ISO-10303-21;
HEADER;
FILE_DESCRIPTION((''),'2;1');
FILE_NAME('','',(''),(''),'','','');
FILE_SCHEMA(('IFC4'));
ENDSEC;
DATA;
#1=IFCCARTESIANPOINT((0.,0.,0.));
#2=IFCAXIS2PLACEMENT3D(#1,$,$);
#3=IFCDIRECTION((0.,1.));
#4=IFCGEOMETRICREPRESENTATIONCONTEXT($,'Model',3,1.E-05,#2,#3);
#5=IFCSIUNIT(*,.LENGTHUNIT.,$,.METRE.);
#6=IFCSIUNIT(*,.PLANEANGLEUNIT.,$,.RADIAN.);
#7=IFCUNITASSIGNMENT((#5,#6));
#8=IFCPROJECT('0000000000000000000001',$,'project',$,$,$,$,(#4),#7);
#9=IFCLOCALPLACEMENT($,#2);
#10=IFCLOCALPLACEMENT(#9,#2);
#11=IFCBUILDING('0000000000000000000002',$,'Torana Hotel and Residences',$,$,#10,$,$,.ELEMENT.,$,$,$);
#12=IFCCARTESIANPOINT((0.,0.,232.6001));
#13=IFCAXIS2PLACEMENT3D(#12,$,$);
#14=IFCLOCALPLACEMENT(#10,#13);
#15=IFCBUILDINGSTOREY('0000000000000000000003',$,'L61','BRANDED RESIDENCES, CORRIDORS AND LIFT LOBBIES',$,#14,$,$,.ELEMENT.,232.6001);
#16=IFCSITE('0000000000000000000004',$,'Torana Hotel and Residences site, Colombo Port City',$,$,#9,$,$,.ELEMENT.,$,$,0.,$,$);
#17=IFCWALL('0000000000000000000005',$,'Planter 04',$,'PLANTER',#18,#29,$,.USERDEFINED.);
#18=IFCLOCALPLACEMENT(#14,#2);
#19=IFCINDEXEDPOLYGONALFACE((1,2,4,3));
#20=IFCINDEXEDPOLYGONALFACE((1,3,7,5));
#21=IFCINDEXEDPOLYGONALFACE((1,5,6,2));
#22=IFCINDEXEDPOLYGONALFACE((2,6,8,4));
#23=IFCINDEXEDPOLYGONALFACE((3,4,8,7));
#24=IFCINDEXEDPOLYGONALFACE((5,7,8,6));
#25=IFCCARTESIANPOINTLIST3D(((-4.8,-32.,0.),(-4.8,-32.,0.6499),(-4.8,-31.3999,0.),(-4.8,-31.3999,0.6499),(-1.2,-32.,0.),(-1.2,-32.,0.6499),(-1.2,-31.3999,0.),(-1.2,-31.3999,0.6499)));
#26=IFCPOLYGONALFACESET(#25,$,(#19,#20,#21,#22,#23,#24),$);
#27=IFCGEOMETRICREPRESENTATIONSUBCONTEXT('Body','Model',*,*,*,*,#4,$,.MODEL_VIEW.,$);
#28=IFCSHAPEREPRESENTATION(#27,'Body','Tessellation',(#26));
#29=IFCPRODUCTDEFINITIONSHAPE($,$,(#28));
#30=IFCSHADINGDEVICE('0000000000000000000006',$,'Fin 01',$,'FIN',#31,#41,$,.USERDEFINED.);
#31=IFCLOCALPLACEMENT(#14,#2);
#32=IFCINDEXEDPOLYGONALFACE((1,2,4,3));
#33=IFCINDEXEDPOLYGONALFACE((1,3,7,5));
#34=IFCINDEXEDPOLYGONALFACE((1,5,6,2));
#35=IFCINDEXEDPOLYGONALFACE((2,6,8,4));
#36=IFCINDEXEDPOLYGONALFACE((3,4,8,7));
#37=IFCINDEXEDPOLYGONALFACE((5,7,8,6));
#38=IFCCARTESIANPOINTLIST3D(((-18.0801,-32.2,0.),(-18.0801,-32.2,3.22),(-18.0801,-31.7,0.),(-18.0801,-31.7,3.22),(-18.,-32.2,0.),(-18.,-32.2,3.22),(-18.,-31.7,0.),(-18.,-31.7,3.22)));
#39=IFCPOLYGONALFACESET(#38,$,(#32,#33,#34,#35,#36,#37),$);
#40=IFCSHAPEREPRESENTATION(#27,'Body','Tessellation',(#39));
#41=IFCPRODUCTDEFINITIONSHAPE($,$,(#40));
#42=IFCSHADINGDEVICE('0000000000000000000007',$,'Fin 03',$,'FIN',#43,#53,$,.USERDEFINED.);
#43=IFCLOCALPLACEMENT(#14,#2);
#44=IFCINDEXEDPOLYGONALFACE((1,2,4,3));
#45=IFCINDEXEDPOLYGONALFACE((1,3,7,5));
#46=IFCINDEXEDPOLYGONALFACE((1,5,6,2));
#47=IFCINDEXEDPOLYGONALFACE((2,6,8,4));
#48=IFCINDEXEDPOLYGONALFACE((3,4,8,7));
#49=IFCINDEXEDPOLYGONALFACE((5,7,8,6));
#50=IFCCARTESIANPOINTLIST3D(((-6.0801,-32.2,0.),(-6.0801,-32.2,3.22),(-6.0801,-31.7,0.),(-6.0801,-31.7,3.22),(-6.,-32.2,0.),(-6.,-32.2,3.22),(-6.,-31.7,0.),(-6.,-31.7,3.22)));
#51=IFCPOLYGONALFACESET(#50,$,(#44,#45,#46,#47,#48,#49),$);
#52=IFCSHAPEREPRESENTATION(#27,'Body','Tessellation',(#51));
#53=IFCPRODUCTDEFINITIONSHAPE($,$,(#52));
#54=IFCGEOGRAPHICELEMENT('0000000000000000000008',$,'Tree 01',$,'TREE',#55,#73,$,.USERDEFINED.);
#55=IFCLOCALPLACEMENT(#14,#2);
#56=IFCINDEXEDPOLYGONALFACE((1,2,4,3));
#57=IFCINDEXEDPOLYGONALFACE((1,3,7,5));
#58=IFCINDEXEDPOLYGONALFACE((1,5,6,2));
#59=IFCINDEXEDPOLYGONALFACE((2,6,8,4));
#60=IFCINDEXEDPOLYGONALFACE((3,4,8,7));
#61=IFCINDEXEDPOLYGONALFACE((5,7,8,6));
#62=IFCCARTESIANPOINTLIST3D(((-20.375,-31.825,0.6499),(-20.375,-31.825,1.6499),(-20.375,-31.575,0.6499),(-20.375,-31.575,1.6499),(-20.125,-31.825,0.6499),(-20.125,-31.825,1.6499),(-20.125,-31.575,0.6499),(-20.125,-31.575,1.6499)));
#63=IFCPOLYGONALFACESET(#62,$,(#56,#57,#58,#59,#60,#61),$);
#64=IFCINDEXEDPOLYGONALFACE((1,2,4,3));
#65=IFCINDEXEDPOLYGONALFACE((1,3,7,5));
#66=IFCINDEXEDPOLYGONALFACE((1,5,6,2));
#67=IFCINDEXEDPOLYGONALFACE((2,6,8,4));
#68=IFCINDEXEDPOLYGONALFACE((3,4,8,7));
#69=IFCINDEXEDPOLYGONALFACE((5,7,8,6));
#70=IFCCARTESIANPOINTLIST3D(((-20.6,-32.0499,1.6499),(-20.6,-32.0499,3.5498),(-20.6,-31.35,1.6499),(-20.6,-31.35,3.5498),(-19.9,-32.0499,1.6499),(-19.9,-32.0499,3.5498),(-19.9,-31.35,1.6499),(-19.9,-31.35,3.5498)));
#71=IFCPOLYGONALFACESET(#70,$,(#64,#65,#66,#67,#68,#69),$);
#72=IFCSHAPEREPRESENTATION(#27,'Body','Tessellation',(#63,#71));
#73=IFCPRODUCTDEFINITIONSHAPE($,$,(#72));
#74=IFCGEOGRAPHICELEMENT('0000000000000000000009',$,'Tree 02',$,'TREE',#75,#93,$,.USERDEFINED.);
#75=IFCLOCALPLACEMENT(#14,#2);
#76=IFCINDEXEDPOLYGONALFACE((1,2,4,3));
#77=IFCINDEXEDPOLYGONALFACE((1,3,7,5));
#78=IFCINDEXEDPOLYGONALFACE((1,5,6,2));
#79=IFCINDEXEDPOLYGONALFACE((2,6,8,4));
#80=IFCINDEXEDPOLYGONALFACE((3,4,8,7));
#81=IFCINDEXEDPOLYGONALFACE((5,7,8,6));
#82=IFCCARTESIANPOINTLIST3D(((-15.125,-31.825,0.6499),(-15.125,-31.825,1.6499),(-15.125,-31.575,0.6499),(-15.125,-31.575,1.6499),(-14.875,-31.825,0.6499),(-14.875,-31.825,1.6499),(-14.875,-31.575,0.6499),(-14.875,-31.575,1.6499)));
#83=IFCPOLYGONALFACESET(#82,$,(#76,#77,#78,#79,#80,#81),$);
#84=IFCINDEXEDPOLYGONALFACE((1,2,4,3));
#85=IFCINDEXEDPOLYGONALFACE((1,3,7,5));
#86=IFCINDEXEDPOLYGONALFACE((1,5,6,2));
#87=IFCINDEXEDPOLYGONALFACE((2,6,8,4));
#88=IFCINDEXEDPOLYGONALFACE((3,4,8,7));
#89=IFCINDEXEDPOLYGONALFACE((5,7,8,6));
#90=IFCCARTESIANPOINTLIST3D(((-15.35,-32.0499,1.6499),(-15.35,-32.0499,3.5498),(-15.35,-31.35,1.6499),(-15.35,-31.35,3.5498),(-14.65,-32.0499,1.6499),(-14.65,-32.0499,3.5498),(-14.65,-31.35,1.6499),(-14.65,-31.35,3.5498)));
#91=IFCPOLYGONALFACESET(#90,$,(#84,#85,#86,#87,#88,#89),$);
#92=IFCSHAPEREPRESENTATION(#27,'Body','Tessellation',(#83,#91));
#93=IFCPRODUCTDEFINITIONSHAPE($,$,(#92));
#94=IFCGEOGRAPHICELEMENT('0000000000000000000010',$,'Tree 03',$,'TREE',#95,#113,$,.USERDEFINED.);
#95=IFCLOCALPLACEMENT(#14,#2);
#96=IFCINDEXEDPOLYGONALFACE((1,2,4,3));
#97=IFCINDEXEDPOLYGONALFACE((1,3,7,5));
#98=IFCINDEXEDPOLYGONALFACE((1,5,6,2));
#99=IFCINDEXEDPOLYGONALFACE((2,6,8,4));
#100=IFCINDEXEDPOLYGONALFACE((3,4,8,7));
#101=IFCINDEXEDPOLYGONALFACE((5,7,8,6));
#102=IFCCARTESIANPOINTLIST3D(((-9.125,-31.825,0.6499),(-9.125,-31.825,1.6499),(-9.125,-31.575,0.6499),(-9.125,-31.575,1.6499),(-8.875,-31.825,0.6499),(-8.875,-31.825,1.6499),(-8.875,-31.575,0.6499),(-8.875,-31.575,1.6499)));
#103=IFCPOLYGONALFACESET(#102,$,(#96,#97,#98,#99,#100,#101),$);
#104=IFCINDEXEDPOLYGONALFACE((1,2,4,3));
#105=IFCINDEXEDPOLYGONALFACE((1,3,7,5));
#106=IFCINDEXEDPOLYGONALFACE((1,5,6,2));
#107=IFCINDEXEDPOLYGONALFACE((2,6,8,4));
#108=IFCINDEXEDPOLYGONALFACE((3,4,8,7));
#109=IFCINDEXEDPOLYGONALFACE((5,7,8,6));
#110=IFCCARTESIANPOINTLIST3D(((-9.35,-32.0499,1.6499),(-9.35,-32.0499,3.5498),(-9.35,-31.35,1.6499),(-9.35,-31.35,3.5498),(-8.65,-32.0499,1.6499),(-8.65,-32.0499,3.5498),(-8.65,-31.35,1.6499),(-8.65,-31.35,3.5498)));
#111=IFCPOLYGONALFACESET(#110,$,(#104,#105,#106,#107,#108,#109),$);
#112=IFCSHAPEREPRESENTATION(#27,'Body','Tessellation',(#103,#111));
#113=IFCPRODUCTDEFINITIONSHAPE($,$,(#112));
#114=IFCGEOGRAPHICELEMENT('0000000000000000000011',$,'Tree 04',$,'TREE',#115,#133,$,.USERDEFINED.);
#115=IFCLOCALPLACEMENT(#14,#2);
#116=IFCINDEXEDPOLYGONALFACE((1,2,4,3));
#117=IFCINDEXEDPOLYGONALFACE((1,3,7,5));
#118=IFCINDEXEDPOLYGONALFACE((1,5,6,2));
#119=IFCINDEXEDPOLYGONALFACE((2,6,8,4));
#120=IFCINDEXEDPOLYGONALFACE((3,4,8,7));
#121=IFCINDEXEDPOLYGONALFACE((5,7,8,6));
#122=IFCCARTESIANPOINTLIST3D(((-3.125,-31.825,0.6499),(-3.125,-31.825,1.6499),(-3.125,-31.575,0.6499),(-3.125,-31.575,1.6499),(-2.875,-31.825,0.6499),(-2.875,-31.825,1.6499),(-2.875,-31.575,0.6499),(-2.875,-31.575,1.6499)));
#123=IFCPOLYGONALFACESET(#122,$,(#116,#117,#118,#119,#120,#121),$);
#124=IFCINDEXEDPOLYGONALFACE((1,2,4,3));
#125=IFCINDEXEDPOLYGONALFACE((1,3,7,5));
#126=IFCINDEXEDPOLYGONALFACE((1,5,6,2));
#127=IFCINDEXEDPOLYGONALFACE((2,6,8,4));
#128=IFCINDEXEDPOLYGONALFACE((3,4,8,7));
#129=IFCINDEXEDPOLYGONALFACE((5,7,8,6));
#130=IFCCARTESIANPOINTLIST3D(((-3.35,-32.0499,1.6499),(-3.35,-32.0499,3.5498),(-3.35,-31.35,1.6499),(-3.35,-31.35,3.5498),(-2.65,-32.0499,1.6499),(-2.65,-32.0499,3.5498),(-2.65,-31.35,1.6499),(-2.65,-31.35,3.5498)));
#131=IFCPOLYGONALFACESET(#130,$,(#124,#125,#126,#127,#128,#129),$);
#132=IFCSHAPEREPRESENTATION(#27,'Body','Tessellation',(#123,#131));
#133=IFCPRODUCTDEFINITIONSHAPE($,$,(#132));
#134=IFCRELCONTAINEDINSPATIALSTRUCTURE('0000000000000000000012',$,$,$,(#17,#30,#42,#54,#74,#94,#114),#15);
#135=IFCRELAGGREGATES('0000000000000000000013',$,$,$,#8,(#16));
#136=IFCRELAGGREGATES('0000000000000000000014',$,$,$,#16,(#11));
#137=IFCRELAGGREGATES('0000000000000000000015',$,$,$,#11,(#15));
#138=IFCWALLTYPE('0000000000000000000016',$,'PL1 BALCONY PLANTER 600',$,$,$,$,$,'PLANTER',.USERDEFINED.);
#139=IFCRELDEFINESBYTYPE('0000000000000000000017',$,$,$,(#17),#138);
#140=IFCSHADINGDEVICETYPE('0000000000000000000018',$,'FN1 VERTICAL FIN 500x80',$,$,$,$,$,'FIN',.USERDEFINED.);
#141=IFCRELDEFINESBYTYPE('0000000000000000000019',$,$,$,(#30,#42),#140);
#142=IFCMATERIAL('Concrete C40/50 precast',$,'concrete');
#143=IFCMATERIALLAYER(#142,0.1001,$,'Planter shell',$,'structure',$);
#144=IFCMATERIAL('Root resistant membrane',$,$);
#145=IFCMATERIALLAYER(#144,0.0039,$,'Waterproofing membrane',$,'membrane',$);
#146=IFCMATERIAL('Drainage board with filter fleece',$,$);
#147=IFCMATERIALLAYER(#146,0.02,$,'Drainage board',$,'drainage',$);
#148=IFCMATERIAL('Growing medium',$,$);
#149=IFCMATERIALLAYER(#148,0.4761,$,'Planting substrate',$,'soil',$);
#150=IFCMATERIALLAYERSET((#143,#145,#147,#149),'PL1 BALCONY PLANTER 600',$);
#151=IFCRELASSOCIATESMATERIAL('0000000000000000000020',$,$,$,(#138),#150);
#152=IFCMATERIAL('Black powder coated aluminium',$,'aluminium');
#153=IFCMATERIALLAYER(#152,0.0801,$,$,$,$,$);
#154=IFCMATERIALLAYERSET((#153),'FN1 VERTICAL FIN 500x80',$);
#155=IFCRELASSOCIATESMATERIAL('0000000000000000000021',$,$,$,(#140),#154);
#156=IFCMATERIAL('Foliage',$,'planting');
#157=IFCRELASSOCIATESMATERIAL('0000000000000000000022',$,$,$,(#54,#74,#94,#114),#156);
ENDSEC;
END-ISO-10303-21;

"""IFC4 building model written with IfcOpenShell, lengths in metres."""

from ifc_helpers import new_model, si_unit, direction, frame, frame_2d, origin, origin_2d, place, context, subcontext, project, spatial, rectangle, extrude, material, layer, layer_set, type_object, element, save


model = new_model("IFC4")

# Units and contexts
model_context = context("Model", 3, precision=1e-05, world=origin(), true_north=direction((0.0, 1.0)))
body_context = subcontext(model_context, "Body", "Model", "MODEL_VIEW")
ifc_project = project(units=[si_unit("LENGTHUNIT", "METRE"), si_unit("PLANEANGLEUNIT", "RADIAN")], contexts=[model_context])

# Site, building, storey
site_placement = place(None, origin())
site = spatial("IfcSite", under=ifc_project, at=site_placement, Name="Torana Hotel and Residences site, Colombo Port City", CompositionType="ELEMENT", RefElevation=0.0)
building_placement = place(site_placement, origin())
building = spatial("IfcBuilding", under=site, at=building_placement, Name="Torana Hotel and Residences", CompositionType="ELEMENT")
storey_placement = place(building_placement, frame((0.0, 0.0, 232.6001)))
storey = spatial("IfcBuildingStorey", under=building, at=storey_placement, Name="L61", Description="BRANDED RESIDENCES, CORRIDORS AND LIFT LOBBIES", CompositionType="ELEMENT", Elevation=232.6001)

# Wall
ifc_material_1 = material(Name="Concrete C40/50 precast", Category="concrete")
ifc_layer_1 = layer(ifc_material_1, 0.1001, Name="Planter shell", Category="structure")
ifc_material_2 = material(Name="Root resistant membrane")
ifc_layer_2 = layer(ifc_material_2, 0.0039, Name="Waterproofing membrane", Category="membrane")
ifc_material_3 = material(Name="Drainage board with filter fleece")
ifc_layer_3 = layer(ifc_material_3, 0.02, Name="Drainage board", Category="drainage")
ifc_material_4 = material(Name="Growing medium")
ifc_layer_4 = layer(ifc_material_4, 0.4761, Name="Planting substrate", Category="soil")
ifc_layer_set_1 = layer_set([ifc_layer_1, ifc_layer_2, ifc_layer_3, ifc_layer_4], Name="PL1 BALCONY PLANTER 600")
wall_type_1 = type_object("IfcWallType", Name="PL1 BALCONY PLANTER 600", ElementType="PLANTER", PredefinedType="USERDEFINED", material=ifc_layer_set_1)
for number, where, z_axis, x_axis, name in (
    (1, (-1.2, -31.7, 0.0), (0.0, 0.0, 1.0), (-1.0, 0.0, 0.0), "Planter 04"),
):
    element("IfcWall", number, at=place(storey_placement, frame(where, z_axis=z_axis, x_axis=x_axis)), inside=storey, type_object=wall_type_1, Name=name, ObjectType="PLANTER", PredefinedType="USERDEFINED", context=body_context, shape_type="SweptSolid", body=[
        extrude(rectangle(XDim=3.6001, YDim=0.6001, at=frame_2d((1.8, 0.0))), origin(), (0.0, 0.0, 1.0), 0.6499),
    ])

# Shading devices
ifc_material_5 = material(Name="Black powder coated aluminium", Category="aluminium")
ifc_layer_5 = layer(ifc_material_5, 0.0801)
ifc_layer_set_2 = layer_set([ifc_layer_5], Name="FN1 VERTICAL FIN 500x80")
shading_device_type = type_object("IfcShadingDeviceType", Name="FN1 VERTICAL FIN 500x80", ElementType="FIN", PredefinedType="USERDEFINED", material=ifc_layer_set_2)
for number, where, z_axis, x_axis, name in (
    (2, (-18.04, -31.95, 0.0), (0.0, 0.0, 1.0), (-1.0, 0.0, 0.0), "Fin 01"),
    (3, (-6.04, -31.95, 0.0), (0.0, 0.0, 1.0), (-1.0, 0.0, 0.0), "Fin 03"),
):
    element("IfcShadingDevice", number, at=place(storey_placement, frame(where, z_axis=z_axis, x_axis=x_axis)), inside=storey, type_object=shading_device_type, Name=name, ObjectType="FIN", PredefinedType="USERDEFINED", context=body_context, shape_type="SweptSolid", body=[
        extrude(rectangle(XDim=0.0801, YDim=0.5, at=origin_2d()), origin(), (0.0, 0.0, 1.0), 3.22),
    ])

# Geographic elements
ifc_material_6 = material(Name="Foliage", Category="planting")
for number, where, z_axis, x_axis, name in (
    (4, (-20.25, -31.7, 0.6499), (0.0, 0.0, 1.0), (1.0, 0.0, 0.0), "Tree 01"),
    (5, (-15.0, -31.7, 0.6499), (0.0, 0.0, 1.0), (1.0, 0.0, 0.0), "Tree 02"),
    (6, (-9.0, -31.7, 0.6499), (0.0, 0.0, 1.0), (1.0, 0.0, 0.0), "Tree 03"),
    (7, (-3.0, -31.7, 0.6499), (0.0, 0.0, 1.0), (1.0, 0.0, 0.0), "Tree 04"),
):
    element("IfcGeographicElement", number, at=place(storey_placement, frame(where, z_axis=z_axis, x_axis=x_axis)), inside=storey, material=ifc_material_6, Name=name, ObjectType="TREE", PredefinedType="USERDEFINED", context=body_context, shape_type="SweptSolid", body=[
        extrude(rectangle(XDim=0.25, YDim=0.25, at=origin_2d()), origin(), (0.0, 0.0, 1.0), 1.0),
        extrude(rectangle(XDim=0.7, YDim=0.7, at=origin_2d()), frame((0.0, 0.0, 1.0)), (0.0, 0.0, 1.0), 1.8999),
    ])

save(model, "model.ifc")
